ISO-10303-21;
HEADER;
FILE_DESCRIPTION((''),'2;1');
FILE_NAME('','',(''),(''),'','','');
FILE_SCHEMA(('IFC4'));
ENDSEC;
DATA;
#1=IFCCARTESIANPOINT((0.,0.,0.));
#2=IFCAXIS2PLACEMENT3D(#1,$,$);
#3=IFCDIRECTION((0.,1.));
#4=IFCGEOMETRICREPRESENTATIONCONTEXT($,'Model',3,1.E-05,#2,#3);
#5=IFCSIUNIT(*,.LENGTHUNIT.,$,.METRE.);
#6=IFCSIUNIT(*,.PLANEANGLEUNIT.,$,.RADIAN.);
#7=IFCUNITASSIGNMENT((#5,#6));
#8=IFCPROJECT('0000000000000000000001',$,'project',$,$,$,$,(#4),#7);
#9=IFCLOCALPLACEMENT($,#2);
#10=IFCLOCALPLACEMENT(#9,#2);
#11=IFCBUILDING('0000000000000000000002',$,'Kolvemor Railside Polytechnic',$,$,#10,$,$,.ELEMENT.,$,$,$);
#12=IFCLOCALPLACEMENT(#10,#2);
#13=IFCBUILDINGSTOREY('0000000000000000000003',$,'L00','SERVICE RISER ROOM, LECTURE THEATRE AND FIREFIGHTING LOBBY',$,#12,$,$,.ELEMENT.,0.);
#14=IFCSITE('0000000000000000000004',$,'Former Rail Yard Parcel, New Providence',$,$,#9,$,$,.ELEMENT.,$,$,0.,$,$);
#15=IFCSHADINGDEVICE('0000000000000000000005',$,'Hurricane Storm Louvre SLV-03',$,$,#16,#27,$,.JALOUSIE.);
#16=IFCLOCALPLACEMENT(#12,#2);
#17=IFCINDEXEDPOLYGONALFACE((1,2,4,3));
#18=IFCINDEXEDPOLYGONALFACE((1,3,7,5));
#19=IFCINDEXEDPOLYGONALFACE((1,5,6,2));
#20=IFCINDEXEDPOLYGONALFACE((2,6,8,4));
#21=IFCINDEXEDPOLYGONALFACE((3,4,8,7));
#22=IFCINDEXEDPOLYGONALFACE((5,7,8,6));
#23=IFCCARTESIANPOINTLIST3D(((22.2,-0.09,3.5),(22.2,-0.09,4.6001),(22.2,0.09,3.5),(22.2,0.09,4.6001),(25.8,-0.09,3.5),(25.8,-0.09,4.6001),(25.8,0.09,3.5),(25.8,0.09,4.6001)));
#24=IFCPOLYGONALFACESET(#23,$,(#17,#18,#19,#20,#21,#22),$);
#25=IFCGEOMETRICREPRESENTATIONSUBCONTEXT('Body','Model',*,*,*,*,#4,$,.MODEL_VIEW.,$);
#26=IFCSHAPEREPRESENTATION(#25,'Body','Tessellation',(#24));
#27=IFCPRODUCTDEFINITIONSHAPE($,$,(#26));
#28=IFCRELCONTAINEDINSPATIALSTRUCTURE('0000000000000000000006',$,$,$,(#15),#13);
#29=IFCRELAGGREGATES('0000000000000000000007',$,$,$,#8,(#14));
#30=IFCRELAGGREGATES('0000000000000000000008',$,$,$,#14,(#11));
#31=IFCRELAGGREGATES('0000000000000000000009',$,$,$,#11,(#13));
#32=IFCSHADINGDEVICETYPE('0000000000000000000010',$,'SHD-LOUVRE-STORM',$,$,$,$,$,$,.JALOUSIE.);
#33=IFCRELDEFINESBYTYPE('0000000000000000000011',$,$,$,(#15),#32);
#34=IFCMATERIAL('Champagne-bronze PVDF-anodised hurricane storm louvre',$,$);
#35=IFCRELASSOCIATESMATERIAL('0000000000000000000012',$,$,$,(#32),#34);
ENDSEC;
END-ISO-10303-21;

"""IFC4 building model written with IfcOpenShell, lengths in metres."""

from ifc_helpers import new_model, si_unit, direction, frame, origin, origin_2d, place, context, subcontext, project, spatial, rectangle, extrude, material, type_object, element, save


model = new_model("IFC4")

# Units and contexts
model_context = context("Model", 3, precision=1e-05, world=origin(), true_north=direction((0.0, 1.0)))
body_context = subcontext(model_context, "Body", "Model", "MODEL_VIEW")
ifc_project = project(units=[si_unit("LENGTHUNIT", "METRE"), si_unit("PLANEANGLEUNIT", "RADIAN")], contexts=[model_context])

# Site, building, storey
site_placement = place(None, origin())
site = spatial("IfcSite", under=ifc_project, at=site_placement, Name="Former Rail Yard Parcel, New Providence", CompositionType="ELEMENT", RefElevation=0.0)
building_placement = place(site_placement, origin())
building = spatial("IfcBuilding", under=site, at=building_placement, Name="Kolvemor Railside Polytechnic", CompositionType="ELEMENT")
storey_placement = place(building_placement, origin())
storey = spatial("IfcBuildingStorey", under=building, at=storey_placement, Name="L00", Description="SERVICE RISER ROOM, LECTURE THEATRE AND FIREFIGHTING LOBBY", CompositionType="ELEMENT", Elevation=0.0)

# Shading device
ifc_material_1 = material(Name="Champagne-bronze PVDF-anodised hurricane storm louvre")
shading_device_type = type_object("IfcShadingDeviceType", Name="SHD-LOUVRE-STORM", PredefinedType="JALOUSIE", material=ifc_material_1)
shading_device_placement = place(storey_placement, frame((24.0, 0.0, 3.5), z_axis=(0.0, 0.0, 1.0), x_axis=(1.0, 0.0, 0.0)))
element("IfcShadingDevice", 1, at=shading_device_placement, inside=storey, type_object=shading_device_type, Name="Hurricane Storm Louvre SLV-03", PredefinedType="JALOUSIE", context=body_context, shape_type="SweptSolid", body=[
    extrude(rectangle(XDim=3.6001, YDim=0.1799, at=origin_2d()), origin(), (0.0, 0.0, 1.0), 1.1001),
])

save(model, "model.ifc")
